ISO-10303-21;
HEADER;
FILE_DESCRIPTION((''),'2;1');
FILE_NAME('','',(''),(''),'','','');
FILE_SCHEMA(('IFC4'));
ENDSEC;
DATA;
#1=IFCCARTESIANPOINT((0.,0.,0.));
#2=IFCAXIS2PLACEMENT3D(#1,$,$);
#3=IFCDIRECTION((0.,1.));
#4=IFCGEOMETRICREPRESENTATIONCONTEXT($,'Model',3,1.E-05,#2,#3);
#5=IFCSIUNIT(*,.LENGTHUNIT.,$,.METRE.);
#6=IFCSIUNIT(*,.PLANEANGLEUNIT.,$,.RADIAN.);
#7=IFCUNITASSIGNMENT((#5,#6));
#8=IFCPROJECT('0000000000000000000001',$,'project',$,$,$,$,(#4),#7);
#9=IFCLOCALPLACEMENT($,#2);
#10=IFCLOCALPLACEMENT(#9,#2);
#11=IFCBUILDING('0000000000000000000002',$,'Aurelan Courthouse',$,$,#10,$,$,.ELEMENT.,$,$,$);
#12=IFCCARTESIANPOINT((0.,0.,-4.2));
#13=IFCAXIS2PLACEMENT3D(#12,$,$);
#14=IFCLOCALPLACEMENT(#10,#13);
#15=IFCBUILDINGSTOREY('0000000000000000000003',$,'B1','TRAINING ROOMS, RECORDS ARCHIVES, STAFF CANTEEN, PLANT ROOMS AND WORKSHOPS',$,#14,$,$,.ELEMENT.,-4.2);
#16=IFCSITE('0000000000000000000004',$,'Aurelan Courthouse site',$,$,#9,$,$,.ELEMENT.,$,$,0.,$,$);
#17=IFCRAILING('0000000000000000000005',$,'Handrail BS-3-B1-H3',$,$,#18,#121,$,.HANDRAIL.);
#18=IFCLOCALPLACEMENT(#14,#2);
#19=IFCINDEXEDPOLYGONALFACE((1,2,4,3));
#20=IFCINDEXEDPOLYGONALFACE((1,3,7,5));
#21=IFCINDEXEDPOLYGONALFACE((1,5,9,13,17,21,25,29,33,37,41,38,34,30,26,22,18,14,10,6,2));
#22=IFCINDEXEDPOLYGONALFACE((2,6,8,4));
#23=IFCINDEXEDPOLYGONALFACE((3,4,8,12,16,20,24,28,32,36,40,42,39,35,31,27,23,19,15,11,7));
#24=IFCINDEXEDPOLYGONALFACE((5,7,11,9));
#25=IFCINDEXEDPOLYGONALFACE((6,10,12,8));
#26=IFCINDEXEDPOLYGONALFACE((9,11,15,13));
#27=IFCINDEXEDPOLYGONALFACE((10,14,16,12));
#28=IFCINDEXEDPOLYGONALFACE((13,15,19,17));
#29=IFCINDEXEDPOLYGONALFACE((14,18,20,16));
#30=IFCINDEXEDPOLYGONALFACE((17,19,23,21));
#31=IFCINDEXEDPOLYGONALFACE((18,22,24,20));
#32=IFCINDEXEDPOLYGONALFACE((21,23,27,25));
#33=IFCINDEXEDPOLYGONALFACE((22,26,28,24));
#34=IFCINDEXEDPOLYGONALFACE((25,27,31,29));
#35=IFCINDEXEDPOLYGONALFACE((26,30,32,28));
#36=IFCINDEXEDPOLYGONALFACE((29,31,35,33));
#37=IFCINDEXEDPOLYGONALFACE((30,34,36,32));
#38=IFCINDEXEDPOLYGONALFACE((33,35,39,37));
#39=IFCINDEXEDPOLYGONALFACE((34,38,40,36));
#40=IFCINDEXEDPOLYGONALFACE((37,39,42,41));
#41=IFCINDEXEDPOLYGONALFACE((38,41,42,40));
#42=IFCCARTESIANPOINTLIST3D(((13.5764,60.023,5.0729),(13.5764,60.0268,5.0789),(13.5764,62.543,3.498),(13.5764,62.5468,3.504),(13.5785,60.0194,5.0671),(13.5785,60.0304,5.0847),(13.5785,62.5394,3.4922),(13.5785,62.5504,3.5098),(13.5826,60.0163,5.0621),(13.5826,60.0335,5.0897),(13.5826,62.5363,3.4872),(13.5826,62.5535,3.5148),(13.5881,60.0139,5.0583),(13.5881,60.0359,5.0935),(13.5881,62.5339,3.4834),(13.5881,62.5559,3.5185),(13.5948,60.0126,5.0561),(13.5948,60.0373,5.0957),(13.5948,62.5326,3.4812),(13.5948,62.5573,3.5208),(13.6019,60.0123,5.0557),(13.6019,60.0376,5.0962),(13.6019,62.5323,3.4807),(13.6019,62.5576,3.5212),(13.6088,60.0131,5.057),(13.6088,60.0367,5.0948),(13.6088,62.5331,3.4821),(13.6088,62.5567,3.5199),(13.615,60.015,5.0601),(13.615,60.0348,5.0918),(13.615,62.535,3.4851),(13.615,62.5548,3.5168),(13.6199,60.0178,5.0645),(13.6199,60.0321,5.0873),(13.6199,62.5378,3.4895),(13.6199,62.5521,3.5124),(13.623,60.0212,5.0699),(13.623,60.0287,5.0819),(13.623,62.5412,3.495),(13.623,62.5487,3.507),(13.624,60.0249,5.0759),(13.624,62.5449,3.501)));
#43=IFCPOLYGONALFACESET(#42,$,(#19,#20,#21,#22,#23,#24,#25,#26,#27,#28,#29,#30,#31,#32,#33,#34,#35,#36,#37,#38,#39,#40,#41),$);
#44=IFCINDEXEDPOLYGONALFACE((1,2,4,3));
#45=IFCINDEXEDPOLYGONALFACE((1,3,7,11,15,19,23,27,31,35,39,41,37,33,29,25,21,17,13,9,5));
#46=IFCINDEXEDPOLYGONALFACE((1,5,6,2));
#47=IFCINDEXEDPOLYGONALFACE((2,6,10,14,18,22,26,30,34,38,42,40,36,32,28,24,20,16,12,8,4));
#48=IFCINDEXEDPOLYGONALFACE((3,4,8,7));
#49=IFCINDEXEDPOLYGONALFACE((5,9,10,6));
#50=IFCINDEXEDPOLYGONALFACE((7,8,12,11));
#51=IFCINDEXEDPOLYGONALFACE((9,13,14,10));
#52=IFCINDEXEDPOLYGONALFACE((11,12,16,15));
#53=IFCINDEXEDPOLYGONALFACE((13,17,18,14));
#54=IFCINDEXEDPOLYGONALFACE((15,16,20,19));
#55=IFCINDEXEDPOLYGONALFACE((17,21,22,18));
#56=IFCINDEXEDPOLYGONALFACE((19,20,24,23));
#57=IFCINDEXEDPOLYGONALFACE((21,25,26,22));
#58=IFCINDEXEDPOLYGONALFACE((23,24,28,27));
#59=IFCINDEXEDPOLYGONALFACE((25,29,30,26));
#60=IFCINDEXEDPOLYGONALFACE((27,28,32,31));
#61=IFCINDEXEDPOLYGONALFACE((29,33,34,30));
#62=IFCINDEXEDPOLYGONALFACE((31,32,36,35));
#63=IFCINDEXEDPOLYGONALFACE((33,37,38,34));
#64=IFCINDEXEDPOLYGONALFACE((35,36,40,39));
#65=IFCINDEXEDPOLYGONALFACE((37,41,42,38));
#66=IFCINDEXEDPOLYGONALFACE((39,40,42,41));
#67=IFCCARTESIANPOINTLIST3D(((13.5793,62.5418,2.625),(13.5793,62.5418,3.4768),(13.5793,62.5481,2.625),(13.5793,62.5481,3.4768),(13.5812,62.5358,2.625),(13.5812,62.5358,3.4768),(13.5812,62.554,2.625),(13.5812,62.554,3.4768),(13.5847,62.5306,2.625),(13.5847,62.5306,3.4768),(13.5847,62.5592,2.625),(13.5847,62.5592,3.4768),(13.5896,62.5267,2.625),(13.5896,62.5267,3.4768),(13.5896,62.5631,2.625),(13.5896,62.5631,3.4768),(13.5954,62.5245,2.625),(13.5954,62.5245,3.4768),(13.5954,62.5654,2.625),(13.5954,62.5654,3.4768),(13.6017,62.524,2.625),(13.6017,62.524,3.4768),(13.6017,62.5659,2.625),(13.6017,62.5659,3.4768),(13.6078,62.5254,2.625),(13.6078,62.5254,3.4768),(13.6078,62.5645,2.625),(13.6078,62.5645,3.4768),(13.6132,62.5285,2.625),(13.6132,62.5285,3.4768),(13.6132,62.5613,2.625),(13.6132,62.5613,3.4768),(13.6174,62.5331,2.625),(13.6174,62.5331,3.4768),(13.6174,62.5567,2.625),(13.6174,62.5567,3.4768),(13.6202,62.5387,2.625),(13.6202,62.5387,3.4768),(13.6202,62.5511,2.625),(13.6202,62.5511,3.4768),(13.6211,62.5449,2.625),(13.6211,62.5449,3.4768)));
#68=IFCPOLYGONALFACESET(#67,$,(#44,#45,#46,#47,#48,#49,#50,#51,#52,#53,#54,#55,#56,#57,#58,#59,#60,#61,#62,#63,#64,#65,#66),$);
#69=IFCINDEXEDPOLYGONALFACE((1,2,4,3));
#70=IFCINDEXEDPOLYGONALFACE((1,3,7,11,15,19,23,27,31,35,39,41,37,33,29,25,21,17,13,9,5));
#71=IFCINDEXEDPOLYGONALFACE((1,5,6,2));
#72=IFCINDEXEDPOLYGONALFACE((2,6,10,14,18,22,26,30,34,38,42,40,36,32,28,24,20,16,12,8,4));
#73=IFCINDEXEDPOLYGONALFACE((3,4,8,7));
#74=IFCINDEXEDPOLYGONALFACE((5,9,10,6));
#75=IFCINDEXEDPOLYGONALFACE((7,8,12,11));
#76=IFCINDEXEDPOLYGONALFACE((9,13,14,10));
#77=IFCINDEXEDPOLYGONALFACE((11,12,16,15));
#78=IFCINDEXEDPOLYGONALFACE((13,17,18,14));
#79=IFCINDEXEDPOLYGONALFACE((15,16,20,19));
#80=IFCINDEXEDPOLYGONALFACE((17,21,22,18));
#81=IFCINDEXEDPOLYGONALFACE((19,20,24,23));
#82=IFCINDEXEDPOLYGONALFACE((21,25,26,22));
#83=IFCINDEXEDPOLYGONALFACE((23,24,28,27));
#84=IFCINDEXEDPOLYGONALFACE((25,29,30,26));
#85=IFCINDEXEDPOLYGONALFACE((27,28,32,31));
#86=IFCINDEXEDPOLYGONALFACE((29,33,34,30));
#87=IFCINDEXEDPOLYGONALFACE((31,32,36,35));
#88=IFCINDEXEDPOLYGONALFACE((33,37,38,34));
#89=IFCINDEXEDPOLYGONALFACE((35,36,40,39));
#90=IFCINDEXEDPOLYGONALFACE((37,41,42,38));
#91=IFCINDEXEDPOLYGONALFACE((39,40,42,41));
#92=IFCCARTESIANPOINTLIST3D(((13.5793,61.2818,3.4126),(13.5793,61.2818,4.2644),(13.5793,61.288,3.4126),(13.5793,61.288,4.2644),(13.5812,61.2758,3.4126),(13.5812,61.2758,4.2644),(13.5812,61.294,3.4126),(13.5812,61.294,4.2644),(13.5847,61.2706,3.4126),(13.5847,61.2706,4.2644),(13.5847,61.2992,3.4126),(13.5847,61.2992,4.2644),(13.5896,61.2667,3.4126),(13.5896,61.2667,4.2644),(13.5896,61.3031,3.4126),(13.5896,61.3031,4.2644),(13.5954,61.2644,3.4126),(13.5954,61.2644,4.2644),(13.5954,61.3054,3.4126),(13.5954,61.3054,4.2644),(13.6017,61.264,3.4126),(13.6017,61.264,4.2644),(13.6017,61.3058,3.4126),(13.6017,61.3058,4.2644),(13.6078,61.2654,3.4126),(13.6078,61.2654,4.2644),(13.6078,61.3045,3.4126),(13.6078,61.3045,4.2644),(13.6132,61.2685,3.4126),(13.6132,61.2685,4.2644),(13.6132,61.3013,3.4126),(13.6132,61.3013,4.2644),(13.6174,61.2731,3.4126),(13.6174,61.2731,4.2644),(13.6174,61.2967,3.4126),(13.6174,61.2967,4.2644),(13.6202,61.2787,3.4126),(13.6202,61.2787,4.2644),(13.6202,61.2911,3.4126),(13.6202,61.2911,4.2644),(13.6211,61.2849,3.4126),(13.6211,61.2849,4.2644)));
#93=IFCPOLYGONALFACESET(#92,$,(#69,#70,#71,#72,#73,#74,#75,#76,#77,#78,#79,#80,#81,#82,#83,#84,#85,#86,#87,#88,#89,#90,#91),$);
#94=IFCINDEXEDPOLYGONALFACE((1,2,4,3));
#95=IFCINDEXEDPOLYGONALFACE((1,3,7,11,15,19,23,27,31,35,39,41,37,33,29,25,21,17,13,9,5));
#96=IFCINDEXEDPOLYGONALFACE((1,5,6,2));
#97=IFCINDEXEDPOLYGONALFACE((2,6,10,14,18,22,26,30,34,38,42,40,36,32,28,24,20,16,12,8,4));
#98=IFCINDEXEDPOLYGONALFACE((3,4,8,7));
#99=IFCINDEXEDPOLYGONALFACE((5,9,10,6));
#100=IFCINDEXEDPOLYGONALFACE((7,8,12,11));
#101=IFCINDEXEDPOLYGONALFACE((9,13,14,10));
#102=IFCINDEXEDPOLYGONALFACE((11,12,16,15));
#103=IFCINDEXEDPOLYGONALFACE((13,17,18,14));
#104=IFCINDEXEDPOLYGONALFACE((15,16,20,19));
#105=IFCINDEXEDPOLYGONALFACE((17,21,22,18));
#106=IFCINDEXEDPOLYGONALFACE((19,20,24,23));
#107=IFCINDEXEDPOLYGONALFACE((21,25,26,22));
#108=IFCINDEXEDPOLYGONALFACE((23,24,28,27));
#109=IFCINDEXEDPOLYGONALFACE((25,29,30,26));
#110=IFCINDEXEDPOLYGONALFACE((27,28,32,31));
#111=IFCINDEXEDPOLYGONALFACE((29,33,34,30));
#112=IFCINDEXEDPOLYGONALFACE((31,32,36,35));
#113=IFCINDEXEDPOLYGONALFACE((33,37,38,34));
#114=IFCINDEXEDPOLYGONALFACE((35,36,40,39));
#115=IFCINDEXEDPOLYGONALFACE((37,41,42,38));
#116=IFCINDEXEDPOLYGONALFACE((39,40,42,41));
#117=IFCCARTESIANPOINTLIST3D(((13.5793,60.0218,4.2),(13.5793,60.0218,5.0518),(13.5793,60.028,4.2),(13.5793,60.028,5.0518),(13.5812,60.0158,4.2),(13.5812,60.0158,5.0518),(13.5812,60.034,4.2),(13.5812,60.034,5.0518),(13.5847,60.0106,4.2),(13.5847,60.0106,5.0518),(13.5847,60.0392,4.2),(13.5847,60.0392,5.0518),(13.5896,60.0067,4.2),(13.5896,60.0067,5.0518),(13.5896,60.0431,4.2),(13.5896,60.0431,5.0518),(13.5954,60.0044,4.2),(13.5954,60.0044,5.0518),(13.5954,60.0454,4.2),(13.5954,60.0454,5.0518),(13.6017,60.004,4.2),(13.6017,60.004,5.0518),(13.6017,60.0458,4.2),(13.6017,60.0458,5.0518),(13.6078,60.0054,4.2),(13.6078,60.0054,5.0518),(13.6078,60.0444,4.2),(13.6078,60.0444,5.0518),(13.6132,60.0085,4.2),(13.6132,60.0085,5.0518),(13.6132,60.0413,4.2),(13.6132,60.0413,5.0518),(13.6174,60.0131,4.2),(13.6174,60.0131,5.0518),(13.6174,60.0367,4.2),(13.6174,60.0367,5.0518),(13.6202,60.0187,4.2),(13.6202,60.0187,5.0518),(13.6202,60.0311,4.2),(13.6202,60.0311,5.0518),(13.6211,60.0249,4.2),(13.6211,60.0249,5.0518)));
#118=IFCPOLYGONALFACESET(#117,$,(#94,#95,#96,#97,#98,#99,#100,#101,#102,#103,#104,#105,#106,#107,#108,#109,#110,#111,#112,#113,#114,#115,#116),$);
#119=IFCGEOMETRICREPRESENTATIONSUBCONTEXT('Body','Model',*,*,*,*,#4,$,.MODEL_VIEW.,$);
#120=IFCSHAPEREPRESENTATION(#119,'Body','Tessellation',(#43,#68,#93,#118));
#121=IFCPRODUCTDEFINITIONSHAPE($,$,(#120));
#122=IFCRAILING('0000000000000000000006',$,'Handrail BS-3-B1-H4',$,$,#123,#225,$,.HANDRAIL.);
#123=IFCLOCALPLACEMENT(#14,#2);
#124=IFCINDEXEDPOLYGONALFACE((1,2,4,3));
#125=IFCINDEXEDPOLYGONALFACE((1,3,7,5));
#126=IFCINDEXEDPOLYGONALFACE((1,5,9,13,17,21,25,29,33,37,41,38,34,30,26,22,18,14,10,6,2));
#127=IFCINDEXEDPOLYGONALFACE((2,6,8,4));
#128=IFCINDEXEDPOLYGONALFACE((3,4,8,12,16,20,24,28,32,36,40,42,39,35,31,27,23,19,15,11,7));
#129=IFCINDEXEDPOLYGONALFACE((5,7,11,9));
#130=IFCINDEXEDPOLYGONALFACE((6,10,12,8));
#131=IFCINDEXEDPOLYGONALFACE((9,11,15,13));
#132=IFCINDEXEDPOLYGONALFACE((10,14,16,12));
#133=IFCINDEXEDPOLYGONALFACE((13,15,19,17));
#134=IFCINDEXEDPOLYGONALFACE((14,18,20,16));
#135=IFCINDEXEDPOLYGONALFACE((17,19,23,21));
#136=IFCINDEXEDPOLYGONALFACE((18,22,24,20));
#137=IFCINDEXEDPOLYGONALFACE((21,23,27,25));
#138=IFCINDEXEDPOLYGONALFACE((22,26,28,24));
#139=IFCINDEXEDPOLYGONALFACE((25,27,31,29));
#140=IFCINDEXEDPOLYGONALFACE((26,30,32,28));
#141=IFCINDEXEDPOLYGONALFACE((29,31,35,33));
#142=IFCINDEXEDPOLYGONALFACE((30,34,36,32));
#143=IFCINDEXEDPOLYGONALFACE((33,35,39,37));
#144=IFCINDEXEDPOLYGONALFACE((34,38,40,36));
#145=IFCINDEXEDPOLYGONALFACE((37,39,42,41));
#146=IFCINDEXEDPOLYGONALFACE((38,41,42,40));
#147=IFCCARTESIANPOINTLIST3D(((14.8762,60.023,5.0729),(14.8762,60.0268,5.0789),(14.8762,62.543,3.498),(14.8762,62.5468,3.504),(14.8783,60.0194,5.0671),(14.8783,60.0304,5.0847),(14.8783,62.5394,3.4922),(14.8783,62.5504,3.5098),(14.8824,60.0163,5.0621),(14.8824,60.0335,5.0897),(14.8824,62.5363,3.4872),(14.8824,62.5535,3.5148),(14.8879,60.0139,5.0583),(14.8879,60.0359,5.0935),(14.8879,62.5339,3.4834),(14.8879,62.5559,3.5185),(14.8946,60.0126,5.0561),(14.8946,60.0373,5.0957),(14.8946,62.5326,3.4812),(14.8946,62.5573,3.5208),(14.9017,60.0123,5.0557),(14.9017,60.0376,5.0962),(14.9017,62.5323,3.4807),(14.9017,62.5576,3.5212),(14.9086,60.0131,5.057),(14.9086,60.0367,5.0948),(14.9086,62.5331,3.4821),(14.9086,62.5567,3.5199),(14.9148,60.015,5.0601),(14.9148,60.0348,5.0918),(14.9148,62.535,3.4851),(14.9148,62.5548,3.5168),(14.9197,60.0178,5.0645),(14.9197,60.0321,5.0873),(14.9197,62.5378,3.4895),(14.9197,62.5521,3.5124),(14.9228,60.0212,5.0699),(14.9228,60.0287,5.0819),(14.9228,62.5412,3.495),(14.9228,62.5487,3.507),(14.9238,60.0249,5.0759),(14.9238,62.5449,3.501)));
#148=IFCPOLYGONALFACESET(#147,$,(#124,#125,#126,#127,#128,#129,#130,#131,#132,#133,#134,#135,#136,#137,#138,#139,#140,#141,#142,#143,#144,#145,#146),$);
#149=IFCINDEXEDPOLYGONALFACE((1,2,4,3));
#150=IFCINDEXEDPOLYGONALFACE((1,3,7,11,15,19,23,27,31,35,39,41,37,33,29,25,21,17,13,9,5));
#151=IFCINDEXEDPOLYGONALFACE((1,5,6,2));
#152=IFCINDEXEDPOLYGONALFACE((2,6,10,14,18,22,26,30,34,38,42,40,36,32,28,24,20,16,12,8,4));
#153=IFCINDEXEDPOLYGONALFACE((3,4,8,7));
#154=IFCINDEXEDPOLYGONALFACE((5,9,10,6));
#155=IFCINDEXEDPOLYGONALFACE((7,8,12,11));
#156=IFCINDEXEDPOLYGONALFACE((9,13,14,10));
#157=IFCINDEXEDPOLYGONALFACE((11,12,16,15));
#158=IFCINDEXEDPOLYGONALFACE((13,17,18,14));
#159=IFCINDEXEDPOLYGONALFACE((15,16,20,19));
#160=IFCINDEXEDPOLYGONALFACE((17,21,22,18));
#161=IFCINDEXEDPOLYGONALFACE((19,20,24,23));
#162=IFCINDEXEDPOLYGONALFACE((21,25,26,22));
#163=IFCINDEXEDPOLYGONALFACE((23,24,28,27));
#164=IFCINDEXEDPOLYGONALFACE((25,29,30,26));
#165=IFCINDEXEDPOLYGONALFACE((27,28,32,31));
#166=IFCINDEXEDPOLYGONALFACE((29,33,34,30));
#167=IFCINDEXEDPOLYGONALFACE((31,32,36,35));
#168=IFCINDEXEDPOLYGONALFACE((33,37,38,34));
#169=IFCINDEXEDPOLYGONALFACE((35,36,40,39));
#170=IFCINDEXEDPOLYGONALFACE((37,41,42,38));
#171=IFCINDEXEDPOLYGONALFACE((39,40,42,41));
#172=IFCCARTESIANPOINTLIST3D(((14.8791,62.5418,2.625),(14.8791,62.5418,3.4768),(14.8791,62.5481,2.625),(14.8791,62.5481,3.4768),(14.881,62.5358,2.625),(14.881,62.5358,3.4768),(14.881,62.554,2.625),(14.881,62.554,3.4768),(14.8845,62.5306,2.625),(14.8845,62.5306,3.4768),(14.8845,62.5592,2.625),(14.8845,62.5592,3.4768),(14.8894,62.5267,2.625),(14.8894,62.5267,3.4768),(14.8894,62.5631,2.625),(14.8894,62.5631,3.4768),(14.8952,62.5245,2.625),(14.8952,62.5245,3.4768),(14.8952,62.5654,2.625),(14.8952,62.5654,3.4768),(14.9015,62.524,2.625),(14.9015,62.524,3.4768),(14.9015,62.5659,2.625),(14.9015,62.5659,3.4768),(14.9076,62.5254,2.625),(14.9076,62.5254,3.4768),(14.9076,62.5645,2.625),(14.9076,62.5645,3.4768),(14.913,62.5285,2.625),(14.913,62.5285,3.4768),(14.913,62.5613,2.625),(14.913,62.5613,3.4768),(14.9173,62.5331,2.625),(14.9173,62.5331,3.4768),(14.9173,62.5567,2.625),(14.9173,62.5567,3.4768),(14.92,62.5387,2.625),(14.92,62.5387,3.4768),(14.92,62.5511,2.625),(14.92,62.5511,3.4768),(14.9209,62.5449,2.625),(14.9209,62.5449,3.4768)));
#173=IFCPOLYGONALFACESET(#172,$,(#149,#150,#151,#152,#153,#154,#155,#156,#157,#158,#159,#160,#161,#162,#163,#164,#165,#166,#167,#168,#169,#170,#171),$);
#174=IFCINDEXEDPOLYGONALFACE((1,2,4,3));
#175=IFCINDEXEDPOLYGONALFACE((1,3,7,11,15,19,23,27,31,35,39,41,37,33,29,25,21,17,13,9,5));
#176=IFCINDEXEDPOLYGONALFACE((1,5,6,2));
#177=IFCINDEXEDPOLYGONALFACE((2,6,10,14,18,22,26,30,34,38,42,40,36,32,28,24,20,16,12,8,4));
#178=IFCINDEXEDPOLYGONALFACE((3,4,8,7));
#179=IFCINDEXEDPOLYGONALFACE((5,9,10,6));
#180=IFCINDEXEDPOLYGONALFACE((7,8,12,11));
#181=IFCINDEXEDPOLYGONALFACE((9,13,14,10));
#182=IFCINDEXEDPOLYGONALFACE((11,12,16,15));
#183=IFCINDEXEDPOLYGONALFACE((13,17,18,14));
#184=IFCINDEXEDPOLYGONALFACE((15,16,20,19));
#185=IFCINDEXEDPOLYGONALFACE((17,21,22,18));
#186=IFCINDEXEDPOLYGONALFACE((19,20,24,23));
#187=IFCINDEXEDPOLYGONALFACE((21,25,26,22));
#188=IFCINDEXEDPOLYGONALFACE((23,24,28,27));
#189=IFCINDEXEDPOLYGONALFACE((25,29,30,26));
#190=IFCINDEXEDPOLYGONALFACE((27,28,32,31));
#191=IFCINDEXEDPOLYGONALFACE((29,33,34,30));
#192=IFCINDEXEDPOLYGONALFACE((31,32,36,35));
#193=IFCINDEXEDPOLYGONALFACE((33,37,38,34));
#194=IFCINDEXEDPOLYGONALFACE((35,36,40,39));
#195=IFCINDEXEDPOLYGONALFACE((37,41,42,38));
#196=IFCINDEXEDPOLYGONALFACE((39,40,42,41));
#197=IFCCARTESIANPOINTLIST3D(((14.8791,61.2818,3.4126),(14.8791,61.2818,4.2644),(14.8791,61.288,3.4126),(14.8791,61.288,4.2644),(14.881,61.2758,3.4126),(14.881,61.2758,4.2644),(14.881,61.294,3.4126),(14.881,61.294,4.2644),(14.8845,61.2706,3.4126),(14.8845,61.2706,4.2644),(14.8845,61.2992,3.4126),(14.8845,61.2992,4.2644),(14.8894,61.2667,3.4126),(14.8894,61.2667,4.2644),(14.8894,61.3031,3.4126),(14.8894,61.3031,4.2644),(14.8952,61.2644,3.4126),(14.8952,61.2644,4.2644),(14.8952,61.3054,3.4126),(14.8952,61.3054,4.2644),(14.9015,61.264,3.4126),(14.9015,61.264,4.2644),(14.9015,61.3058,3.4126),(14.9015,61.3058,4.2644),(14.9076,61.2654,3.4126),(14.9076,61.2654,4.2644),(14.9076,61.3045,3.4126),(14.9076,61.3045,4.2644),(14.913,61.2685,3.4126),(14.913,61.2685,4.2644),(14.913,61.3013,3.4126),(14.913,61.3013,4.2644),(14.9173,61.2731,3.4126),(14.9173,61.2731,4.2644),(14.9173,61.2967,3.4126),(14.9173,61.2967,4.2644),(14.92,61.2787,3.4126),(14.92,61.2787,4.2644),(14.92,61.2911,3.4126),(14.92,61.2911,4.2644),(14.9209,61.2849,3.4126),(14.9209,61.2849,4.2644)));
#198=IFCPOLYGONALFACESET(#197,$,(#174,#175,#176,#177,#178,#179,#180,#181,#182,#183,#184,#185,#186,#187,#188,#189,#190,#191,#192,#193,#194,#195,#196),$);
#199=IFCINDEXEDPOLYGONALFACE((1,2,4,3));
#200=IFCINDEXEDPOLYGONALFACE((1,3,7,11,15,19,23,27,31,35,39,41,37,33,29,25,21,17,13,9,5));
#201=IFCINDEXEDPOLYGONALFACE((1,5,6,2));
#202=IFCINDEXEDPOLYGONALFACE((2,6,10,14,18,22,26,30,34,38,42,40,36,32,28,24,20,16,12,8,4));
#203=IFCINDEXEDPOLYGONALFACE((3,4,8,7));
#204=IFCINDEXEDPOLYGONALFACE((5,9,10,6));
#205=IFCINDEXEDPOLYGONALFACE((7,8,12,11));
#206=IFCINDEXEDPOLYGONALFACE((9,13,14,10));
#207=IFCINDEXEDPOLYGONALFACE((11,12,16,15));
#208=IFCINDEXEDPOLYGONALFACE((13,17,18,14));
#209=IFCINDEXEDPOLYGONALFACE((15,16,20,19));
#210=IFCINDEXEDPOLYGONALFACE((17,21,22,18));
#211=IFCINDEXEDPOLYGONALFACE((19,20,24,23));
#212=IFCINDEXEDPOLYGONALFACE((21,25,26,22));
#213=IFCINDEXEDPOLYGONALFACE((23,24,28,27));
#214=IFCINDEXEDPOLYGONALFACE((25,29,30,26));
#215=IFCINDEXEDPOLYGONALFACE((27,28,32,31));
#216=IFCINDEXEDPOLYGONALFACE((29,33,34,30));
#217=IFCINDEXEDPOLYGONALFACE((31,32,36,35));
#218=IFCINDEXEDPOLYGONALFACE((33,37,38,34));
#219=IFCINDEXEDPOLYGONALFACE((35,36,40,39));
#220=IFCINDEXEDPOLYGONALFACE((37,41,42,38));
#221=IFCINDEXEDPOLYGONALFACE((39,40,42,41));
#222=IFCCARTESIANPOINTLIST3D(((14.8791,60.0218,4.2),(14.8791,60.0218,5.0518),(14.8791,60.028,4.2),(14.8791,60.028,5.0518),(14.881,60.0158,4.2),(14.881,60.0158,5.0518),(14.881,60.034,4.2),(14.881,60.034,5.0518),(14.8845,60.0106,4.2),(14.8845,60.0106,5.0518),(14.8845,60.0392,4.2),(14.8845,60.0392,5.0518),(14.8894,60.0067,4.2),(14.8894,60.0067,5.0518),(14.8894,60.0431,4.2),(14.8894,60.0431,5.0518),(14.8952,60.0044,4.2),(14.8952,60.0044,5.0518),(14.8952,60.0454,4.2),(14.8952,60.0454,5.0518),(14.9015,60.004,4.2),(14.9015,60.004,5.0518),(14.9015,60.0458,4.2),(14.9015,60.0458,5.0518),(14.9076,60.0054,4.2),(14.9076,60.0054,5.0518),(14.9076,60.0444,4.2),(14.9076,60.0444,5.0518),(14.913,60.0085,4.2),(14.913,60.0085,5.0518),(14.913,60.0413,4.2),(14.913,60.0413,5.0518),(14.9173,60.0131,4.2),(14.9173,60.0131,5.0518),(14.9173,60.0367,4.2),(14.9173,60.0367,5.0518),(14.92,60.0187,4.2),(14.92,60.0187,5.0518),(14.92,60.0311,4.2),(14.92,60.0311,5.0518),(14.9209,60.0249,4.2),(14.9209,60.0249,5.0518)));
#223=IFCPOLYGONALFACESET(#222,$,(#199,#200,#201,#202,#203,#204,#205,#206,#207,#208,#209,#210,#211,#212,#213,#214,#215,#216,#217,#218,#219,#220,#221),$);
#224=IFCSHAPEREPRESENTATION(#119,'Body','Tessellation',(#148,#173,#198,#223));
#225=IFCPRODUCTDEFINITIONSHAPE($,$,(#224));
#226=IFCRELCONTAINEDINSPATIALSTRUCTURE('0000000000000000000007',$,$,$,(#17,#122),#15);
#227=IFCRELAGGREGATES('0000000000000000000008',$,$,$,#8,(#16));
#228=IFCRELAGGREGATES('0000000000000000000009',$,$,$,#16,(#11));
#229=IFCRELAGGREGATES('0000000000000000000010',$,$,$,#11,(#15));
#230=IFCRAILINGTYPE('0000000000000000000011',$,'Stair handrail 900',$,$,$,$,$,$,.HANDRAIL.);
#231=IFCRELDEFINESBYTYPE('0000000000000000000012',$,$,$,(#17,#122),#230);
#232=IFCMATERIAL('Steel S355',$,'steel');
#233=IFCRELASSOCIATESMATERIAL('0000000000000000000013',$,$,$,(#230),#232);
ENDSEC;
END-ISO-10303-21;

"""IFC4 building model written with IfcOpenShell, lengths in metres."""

from ifc_helpers import new_model, si_unit, direction, frame, origin, origin_2d, place, context, subcontext, project, spatial, circle, extrude, material, type_object, element, save


model = new_model("IFC4")

# Units and contexts
model_context = context("Model", 3, precision=1e-05, world=origin(), true_north=direction((0.0, 1.0)))
body_context = subcontext(model_context, "Body", "Model", "MODEL_VIEW")
ifc_project = project(units=[si_unit("LENGTHUNIT", "METRE"), si_unit("PLANEANGLEUNIT", "RADIAN")], contexts=[model_context])

# Site, building, storey
site_placement = place(None, origin())
site = spatial("IfcSite", under=ifc_project, at=site_placement, Name="Aurelan Courthouse site", CompositionType="ELEMENT", RefElevation=0.0)
building_placement = place(site_placement, origin())
building = spatial("IfcBuilding", under=site, at=building_placement, Name="Aurelan Courthouse", CompositionType="ELEMENT")
storey_placement = place(building_placement, frame((0.0, 0.0, -4.2)))
storey = spatial("IfcBuildingStorey", under=building, at=storey_placement, Name="B1", Description="TRAINING ROOMS, RECORDS ARCHIVES, STAFF CANTEEN, PLANT ROOMS AND WORKSHOPS", CompositionType="ELEMENT", Elevation=-4.2)

# Railings
ifc_material_1 = material(Name="Steel S355", Category="steel")
railing_type_1 = type_object("IfcRailingType", Name="Stair handrail 900", PredefinedType="HANDRAIL", material=ifc_material_1)
for number, where, name in (
    (1, (13.6001, 62.5449, 2.625), "Handrail BS-3-B1-H3"),
    (2, (14.8999, 62.5449, 2.625), "Handrail BS-3-B1-H4"),
):
    element("IfcRailing", number, at=place(storey_placement, frame(where)), inside=storey, type_object=railing_type_1, Name=name, PredefinedType="HANDRAIL", context=body_context, shape_type="SweptSolid", body=[
        extrude(circle(Radius=0.0239, at=origin_2d()), frame((0.0, 0.0, 0.876), z_axis=(0.0, -0.848008, 0.529984), x_axis=(1.0, 0.0, 0.0)), (0.0, 0.0, 1.0), 2.9717),
        extrude(circle(Radius=0.021, at=origin_2d()), origin(), (0.0, 0.0, 1.0), 0.8518),
        extrude(circle(Radius=0.021, at=origin_2d()), frame((0.0, -1.26, 0.7876)), (0.0, 0.0, 1.0), 0.8518),
        extrude(circle(Radius=0.021, at=origin_2d()), frame((0.0, -2.52, 1.575)), (0.0, 0.0, 1.0), 0.8518),
    ])

save(model, "model.ifc")
